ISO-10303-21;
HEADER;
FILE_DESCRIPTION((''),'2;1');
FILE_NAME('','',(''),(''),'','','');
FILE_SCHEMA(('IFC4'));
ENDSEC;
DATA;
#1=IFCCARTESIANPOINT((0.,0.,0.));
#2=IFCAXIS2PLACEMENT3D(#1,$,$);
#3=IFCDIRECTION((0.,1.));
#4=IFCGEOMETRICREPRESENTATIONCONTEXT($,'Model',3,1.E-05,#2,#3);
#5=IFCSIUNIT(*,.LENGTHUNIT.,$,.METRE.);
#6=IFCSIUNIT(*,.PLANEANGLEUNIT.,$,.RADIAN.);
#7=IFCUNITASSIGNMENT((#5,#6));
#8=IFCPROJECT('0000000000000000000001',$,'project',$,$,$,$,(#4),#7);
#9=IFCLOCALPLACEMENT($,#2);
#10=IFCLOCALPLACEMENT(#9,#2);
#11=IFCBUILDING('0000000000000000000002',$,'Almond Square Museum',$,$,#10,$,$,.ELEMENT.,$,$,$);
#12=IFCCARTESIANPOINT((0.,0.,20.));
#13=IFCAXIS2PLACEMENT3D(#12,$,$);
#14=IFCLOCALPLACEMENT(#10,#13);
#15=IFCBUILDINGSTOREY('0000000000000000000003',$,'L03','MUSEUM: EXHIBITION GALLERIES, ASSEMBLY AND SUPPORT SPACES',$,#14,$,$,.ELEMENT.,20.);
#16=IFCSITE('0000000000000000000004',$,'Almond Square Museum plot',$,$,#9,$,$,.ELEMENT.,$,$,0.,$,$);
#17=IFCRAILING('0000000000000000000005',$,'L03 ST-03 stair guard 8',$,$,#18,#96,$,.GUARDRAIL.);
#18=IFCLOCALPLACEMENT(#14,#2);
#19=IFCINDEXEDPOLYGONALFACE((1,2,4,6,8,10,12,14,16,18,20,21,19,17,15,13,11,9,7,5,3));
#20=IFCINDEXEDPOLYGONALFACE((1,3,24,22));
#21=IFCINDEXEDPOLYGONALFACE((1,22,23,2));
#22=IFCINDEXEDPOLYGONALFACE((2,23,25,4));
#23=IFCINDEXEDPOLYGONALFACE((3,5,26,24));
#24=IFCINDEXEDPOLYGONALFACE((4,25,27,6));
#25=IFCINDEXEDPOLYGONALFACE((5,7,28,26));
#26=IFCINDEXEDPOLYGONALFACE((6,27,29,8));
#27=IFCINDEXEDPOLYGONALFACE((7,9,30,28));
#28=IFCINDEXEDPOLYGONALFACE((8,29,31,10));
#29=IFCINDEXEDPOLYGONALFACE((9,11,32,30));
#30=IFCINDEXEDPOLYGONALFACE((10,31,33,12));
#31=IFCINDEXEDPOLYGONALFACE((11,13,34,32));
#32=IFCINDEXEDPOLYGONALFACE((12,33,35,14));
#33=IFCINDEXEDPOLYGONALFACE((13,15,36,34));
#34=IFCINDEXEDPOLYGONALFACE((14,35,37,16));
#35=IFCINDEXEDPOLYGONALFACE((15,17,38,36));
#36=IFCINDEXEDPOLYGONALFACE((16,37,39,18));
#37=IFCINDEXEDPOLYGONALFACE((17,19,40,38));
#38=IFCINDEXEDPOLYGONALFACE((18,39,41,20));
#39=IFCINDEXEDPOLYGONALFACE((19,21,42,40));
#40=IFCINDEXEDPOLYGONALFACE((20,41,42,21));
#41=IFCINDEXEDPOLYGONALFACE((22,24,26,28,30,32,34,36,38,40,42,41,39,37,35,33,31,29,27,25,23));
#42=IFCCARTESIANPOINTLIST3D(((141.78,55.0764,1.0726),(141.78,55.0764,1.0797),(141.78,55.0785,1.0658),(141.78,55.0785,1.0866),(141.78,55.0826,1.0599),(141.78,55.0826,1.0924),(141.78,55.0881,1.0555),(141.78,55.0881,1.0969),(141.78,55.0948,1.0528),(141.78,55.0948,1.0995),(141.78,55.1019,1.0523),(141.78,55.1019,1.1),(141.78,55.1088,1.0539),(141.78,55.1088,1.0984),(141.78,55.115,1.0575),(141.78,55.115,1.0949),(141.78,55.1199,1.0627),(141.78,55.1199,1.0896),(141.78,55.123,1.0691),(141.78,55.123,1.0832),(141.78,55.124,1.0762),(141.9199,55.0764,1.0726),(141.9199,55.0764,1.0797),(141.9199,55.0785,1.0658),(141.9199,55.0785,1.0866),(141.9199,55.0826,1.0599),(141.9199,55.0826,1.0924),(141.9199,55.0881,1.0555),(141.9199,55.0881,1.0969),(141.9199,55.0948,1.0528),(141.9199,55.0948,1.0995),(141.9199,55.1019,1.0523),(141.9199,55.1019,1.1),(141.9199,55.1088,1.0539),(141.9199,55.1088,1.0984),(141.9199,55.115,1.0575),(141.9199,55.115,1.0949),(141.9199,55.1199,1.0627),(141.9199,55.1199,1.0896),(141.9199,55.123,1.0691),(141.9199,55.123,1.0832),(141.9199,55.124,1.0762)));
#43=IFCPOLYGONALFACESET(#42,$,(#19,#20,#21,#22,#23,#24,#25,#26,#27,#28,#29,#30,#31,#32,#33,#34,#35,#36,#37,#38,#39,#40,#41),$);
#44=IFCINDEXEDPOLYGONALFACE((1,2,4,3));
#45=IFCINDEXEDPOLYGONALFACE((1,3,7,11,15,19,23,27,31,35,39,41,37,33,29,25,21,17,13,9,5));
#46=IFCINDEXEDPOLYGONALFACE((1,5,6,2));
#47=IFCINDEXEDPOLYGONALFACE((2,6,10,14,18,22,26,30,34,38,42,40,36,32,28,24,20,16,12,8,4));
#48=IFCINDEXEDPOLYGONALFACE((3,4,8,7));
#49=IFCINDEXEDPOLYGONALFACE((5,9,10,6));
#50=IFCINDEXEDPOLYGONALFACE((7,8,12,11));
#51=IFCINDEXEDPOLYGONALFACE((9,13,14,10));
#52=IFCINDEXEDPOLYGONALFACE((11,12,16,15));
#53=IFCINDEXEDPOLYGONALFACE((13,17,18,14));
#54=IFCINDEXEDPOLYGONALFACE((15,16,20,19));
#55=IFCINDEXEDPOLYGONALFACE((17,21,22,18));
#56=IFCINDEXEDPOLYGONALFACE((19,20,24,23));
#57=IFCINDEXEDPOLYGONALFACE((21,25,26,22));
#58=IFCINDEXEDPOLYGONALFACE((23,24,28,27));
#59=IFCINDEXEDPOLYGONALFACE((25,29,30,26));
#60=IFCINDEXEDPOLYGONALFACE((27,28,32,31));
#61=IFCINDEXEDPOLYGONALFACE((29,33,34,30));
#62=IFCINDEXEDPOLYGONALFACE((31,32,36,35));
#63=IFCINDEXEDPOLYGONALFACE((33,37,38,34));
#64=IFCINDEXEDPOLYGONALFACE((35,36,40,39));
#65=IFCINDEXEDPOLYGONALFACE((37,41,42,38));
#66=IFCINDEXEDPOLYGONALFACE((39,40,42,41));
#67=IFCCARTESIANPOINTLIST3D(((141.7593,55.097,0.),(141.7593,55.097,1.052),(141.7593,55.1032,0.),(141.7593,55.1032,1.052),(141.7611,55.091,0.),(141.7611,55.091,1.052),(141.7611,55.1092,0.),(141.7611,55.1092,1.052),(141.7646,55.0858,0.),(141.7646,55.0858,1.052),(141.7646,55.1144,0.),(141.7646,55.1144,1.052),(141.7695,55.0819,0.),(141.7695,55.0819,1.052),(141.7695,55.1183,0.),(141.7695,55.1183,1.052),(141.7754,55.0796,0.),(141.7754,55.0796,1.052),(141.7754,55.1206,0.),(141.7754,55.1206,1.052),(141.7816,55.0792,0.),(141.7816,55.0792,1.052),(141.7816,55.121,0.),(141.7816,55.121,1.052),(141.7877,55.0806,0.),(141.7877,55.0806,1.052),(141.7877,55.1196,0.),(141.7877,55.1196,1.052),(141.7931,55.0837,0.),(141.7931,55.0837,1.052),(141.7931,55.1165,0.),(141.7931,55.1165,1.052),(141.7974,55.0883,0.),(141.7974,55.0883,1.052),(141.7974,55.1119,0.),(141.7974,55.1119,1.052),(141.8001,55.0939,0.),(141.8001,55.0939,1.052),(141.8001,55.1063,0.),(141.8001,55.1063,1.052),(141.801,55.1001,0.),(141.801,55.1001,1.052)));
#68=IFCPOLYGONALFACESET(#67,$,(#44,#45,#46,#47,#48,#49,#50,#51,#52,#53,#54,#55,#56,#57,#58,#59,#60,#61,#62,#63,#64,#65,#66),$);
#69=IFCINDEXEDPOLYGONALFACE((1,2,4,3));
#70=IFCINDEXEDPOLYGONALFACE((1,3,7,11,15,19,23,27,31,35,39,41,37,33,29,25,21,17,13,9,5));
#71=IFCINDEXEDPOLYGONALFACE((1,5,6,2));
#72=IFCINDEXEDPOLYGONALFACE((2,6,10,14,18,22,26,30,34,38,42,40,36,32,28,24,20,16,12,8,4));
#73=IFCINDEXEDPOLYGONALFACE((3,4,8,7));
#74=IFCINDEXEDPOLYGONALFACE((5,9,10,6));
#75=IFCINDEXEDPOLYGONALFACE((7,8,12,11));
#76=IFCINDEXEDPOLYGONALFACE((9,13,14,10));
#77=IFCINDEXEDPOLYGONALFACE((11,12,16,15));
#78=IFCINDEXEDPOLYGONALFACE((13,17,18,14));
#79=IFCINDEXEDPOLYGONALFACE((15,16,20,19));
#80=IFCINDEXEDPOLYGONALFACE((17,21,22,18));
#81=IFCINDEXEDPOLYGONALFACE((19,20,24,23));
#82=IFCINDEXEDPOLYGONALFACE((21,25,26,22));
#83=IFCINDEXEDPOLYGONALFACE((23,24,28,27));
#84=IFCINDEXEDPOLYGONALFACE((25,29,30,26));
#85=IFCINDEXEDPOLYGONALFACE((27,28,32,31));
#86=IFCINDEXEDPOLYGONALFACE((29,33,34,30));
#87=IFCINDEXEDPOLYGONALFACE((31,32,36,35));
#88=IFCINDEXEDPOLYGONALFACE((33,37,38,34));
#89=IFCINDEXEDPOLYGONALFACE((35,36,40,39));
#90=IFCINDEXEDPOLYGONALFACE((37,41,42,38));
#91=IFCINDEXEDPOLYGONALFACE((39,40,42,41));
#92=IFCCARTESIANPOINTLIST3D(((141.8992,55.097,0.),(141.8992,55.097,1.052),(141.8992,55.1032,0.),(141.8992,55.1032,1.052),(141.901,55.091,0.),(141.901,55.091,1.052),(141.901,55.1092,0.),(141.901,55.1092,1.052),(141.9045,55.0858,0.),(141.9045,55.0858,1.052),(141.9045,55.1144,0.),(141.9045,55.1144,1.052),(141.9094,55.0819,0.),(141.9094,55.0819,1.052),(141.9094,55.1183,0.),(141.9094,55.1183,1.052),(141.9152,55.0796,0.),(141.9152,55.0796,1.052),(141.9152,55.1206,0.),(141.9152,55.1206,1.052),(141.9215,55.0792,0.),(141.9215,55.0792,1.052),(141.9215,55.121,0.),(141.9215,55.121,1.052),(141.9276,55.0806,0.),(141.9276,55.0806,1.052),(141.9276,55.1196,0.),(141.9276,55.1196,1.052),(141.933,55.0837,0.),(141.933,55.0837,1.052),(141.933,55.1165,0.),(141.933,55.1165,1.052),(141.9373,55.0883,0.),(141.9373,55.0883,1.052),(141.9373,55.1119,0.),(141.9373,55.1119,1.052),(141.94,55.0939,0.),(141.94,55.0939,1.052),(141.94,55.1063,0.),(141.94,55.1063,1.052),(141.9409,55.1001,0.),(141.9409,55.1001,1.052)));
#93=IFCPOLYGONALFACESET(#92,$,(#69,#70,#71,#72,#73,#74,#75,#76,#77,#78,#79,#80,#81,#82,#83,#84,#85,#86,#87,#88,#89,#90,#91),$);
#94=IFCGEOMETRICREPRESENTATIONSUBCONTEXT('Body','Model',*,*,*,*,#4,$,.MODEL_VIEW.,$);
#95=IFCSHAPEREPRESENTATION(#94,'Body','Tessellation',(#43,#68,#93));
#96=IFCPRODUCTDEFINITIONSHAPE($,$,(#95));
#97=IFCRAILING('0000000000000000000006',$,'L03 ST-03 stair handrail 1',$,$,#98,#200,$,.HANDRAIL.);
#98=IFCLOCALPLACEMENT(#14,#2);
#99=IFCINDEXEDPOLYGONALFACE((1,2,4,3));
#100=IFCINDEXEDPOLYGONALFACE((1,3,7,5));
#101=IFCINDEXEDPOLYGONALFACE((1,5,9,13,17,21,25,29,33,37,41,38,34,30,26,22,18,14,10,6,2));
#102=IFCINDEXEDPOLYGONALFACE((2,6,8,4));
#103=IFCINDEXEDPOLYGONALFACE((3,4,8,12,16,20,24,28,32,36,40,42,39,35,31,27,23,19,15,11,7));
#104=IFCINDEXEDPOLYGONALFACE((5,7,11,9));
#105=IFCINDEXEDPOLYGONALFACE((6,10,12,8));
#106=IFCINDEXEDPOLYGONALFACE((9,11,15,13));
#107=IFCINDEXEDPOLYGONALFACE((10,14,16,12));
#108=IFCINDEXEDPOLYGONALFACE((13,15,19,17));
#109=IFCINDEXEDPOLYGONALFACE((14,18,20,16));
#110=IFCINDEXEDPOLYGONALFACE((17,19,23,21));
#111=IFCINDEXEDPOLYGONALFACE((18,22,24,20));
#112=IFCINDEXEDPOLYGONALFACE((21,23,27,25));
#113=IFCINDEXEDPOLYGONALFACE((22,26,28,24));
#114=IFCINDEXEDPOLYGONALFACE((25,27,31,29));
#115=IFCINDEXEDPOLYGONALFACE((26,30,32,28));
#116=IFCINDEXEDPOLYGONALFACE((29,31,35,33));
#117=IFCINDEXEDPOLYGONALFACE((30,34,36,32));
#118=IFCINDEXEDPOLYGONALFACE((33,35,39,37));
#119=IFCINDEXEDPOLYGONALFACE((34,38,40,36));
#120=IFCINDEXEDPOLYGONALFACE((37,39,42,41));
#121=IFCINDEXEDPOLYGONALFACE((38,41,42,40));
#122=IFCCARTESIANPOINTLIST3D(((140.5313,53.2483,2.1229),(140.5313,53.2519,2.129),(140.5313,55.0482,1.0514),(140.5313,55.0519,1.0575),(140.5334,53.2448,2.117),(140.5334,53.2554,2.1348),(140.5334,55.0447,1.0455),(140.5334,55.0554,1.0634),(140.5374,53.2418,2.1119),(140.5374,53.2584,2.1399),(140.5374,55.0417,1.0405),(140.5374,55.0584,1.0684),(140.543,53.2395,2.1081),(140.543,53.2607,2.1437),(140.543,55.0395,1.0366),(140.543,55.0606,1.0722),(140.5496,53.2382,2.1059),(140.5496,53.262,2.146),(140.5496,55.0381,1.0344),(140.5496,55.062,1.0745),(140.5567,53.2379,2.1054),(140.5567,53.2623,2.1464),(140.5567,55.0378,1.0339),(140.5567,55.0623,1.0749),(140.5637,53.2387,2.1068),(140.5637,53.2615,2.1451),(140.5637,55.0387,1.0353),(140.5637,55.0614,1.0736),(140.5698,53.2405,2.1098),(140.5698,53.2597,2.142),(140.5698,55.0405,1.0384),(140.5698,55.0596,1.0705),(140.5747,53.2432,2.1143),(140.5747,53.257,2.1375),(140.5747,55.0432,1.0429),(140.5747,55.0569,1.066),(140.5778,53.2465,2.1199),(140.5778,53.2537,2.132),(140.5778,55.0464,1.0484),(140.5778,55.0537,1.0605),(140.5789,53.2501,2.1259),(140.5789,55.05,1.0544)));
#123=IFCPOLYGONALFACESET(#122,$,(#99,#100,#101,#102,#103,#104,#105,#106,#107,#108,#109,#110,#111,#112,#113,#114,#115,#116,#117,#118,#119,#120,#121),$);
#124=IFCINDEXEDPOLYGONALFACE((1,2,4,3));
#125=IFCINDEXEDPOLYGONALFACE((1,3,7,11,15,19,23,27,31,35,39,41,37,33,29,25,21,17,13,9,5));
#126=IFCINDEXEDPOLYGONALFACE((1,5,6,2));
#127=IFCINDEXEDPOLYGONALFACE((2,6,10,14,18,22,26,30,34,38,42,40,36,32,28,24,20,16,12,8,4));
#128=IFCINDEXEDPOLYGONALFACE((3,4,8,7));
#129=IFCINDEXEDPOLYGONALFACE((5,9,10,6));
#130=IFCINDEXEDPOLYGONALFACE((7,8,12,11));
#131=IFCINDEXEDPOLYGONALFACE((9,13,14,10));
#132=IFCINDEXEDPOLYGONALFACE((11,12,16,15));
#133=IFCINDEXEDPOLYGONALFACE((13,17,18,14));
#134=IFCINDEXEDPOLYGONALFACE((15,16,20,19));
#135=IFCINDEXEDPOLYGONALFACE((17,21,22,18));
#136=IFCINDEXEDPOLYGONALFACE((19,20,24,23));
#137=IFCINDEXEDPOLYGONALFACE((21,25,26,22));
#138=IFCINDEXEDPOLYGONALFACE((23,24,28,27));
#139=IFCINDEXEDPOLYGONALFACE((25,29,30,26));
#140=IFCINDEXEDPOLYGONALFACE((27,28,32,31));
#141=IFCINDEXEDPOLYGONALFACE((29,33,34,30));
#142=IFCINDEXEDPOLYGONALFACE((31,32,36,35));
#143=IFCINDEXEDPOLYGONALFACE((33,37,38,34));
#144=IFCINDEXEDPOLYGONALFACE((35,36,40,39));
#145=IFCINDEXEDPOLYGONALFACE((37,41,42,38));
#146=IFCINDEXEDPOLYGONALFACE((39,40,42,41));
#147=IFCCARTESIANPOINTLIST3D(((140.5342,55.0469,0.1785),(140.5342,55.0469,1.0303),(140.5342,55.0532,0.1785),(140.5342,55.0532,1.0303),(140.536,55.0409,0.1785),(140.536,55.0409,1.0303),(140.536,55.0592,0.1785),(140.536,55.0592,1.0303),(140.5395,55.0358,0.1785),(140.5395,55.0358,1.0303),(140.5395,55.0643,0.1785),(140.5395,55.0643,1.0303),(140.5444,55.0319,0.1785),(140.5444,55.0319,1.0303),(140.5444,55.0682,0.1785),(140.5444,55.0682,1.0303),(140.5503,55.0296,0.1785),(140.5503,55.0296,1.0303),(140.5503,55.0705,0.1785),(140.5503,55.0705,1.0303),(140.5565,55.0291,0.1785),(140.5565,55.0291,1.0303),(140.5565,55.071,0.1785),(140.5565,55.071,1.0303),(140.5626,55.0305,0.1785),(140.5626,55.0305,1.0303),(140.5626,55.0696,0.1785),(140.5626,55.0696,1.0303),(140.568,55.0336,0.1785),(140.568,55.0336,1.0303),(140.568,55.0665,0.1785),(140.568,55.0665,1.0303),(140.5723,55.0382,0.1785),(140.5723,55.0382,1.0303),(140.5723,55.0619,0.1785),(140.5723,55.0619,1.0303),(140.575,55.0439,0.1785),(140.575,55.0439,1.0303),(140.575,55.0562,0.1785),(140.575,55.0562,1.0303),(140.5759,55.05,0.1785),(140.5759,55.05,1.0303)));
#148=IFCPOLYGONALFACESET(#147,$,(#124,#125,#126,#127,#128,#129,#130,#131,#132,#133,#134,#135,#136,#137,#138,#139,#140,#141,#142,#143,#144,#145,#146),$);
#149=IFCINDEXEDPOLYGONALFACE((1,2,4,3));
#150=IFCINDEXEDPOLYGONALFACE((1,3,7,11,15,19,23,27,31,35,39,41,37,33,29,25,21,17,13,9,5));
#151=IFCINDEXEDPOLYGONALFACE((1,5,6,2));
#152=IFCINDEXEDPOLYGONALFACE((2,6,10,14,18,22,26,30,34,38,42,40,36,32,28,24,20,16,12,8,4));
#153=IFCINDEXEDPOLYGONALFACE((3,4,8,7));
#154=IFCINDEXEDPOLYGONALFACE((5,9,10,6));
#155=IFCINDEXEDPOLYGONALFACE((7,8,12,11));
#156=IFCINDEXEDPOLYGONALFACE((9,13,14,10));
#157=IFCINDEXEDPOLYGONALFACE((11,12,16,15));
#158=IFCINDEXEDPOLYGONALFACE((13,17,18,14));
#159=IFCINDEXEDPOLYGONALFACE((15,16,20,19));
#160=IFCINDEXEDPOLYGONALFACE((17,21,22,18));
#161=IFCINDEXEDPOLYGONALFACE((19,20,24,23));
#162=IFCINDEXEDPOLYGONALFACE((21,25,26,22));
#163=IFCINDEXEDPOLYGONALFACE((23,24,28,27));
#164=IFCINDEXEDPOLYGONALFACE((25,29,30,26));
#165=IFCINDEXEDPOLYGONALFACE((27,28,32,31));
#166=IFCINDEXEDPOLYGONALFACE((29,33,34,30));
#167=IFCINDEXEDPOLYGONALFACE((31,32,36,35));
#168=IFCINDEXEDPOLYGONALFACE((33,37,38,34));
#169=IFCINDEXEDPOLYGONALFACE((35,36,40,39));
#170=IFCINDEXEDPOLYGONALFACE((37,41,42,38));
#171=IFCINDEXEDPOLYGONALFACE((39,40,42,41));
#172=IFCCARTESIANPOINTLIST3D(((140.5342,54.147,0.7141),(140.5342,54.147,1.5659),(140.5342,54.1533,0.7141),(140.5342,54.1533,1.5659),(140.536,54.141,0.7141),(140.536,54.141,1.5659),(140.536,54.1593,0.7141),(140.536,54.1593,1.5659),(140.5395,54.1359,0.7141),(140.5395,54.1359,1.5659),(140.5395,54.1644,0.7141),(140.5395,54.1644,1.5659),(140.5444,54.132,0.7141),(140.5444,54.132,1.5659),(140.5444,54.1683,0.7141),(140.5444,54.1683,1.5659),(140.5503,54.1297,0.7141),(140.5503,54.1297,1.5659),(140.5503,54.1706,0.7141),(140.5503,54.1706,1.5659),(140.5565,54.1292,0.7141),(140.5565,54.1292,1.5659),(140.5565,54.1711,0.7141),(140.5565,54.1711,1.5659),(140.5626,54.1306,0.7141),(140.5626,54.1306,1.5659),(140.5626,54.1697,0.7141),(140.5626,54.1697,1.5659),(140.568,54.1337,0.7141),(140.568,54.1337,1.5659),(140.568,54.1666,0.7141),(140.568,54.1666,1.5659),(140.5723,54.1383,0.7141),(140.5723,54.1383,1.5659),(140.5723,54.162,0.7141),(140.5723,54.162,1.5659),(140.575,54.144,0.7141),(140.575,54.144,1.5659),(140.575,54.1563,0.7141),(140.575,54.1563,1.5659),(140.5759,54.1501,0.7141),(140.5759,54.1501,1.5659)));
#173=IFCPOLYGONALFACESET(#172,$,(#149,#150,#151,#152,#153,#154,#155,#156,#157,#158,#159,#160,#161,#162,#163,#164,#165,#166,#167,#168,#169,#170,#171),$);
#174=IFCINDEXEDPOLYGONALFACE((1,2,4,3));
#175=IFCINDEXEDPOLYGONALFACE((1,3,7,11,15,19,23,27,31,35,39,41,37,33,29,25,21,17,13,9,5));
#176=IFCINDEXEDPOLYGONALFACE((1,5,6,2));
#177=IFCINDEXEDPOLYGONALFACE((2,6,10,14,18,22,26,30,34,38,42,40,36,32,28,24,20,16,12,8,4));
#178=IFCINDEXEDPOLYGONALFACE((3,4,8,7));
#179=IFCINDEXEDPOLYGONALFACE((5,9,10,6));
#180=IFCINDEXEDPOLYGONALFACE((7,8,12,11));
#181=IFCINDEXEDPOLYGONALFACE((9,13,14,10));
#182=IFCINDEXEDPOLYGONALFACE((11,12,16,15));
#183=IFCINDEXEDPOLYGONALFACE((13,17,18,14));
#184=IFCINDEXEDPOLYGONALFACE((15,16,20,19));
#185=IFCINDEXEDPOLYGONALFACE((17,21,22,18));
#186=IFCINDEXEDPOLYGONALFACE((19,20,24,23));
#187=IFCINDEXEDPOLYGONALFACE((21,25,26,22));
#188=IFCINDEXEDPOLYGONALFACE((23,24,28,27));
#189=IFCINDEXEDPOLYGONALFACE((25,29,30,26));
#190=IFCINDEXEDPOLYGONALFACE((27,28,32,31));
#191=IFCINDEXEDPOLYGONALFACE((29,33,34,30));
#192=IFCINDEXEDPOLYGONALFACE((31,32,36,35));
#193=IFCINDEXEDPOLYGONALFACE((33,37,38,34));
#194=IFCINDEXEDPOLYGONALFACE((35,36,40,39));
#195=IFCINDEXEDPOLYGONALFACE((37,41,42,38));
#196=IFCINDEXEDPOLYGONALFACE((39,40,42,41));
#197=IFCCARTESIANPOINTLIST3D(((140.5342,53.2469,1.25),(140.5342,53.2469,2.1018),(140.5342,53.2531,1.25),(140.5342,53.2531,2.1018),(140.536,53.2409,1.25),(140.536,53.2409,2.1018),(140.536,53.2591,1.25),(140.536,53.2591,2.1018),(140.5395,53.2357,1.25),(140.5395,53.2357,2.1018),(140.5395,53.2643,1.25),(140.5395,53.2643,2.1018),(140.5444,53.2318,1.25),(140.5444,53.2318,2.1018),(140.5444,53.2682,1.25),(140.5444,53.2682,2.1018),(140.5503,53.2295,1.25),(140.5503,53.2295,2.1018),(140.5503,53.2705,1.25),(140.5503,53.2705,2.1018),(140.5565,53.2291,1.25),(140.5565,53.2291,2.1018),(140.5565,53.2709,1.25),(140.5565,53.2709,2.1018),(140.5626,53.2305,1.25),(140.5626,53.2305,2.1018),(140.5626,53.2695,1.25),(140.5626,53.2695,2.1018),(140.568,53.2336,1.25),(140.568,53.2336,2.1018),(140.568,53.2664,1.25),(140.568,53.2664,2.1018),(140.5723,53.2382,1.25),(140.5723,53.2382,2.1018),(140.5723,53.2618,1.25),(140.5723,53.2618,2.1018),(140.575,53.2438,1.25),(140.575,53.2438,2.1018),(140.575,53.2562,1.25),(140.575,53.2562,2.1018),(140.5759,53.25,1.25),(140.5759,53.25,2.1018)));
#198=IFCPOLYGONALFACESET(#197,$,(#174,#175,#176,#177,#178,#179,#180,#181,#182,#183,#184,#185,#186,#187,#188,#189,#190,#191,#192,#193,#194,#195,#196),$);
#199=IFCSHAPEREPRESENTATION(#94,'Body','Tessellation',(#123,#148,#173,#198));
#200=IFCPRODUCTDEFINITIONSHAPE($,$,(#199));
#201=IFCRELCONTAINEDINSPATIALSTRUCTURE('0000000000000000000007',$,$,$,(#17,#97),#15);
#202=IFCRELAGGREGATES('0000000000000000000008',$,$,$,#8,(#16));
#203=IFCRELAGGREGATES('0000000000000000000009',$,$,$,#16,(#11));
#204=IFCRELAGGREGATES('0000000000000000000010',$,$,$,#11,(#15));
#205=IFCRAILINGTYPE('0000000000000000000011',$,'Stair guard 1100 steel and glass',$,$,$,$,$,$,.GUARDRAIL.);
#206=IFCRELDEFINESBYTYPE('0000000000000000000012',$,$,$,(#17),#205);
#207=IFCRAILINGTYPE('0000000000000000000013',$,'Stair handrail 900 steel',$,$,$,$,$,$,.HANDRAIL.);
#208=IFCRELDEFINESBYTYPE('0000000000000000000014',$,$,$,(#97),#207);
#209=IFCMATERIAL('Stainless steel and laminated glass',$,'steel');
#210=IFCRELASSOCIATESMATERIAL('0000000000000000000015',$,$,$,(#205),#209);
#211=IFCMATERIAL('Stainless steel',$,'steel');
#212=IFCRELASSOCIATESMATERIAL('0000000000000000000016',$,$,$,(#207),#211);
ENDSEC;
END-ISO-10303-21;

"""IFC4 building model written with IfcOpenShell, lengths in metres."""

from ifc_helpers import new_model, si_unit, direction, frame, origin, origin_2d, place, context, subcontext, project, spatial, circle, extrude, material, type_object, element, save


model = new_model("IFC4")

# Units and contexts
model_context = context("Model", 3, precision=1e-05, world=origin(), true_north=direction((0.0, 1.0)))
body_context = subcontext(model_context, "Body", "Model", "MODEL_VIEW")
ifc_project = project(units=[si_unit("LENGTHUNIT", "METRE"), si_unit("PLANEANGLEUNIT", "RADIAN")], contexts=[model_context])

# Site, building, storey
site_placement = place(None, origin())
site = spatial("IfcSite", under=ifc_project, at=site_placement, Name="Almond Square Museum plot", CompositionType="ELEMENT", RefElevation=0.0)
building_placement = place(site_placement, origin())
building = spatial("IfcBuilding", under=site, at=building_placement, Name="Almond Square Museum", CompositionType="ELEMENT")
storey_placement = place(building_placement, frame((0.0, 0.0, 20.0)))
storey = spatial("IfcBuildingStorey", under=building, at=storey_placement, Name="L03", Description="MUSEUM: EXHIBITION GALLERIES, ASSEMBLY AND SUPPORT SPACES", CompositionType="ELEMENT", Elevation=20.0)

# Railings
ifc_material_1 = material(Name="Stainless steel and laminated glass", Category="steel")
railing_type_1 = type_object("IfcRailingType", Name="Stair guard 1100 steel and glass", PredefinedType="GUARDRAIL", material=ifc_material_1)
railing_1_placement = place(storey_placement, frame((141.78, 55.1001, 0.0)))
element("IfcRailing", 1, at=railing_1_placement, inside=storey, type_object=railing_type_1, Name="L03 ST-03 stair guard 8", PredefinedType="GUARDRAIL", context=body_context, shape_type="SweptSolid", body=[
    extrude(circle(Radius=0.0239, at=origin_2d()), frame((0.0, 0.0, 1.0762), z_axis=(1.0, 0.0, 0.0), x_axis=(0.0, 1.0, 0.0)), (0.0, 0.0, 1.0), 0.1399),
    extrude(circle(Radius=0.021, at=origin_2d()), origin(), (0.0, 0.0, 1.0), 1.052),
    extrude(circle(Radius=0.021, at=origin_2d()), frame((0.1399, 0.0, 0.0)), (0.0, 0.0, 1.0), 1.052),
])
ifc_material_2 = material(Name="Stainless steel", Category="steel")
railing_type_2 = type_object("IfcRailingType", Name="Stair handrail 900 steel", PredefinedType="HANDRAIL", material=ifc_material_2)
railing_2_placement = place(storey_placement, frame((140.5549, 55.05, 0.1785)))
element("IfcRailing", 2, at=railing_2_placement, inside=storey, type_object=railing_type_2, Name="L03 ST-03 stair handrail 1", PredefinedType="HANDRAIL", context=body_context, shape_type="SweptSolid", body=[
    extrude(circle(Radius=0.0239, at=origin_2d()), frame((0.0, 0.0, 0.876), z_axis=(0.0, -0.859277, 0.51151), x_axis=(1.0, 0.0, 0.0)), (0.0, 0.0, 1.0), 2.0947),
    extrude(circle(Radius=0.021, at=origin_2d()), origin(), (0.0, 0.0, 1.0), 0.8518),
    extrude(circle(Radius=0.021, at=origin_2d()), frame((0.0, -0.8999, 0.5356)), (0.0, 0.0, 1.0), 0.8518),
    extrude(circle(Radius=0.021, at=origin_2d()), frame((0.0, -1.8, 1.0715)), (0.0, 0.0, 1.0), 0.8518),
])

save(model, "model.ifc")
